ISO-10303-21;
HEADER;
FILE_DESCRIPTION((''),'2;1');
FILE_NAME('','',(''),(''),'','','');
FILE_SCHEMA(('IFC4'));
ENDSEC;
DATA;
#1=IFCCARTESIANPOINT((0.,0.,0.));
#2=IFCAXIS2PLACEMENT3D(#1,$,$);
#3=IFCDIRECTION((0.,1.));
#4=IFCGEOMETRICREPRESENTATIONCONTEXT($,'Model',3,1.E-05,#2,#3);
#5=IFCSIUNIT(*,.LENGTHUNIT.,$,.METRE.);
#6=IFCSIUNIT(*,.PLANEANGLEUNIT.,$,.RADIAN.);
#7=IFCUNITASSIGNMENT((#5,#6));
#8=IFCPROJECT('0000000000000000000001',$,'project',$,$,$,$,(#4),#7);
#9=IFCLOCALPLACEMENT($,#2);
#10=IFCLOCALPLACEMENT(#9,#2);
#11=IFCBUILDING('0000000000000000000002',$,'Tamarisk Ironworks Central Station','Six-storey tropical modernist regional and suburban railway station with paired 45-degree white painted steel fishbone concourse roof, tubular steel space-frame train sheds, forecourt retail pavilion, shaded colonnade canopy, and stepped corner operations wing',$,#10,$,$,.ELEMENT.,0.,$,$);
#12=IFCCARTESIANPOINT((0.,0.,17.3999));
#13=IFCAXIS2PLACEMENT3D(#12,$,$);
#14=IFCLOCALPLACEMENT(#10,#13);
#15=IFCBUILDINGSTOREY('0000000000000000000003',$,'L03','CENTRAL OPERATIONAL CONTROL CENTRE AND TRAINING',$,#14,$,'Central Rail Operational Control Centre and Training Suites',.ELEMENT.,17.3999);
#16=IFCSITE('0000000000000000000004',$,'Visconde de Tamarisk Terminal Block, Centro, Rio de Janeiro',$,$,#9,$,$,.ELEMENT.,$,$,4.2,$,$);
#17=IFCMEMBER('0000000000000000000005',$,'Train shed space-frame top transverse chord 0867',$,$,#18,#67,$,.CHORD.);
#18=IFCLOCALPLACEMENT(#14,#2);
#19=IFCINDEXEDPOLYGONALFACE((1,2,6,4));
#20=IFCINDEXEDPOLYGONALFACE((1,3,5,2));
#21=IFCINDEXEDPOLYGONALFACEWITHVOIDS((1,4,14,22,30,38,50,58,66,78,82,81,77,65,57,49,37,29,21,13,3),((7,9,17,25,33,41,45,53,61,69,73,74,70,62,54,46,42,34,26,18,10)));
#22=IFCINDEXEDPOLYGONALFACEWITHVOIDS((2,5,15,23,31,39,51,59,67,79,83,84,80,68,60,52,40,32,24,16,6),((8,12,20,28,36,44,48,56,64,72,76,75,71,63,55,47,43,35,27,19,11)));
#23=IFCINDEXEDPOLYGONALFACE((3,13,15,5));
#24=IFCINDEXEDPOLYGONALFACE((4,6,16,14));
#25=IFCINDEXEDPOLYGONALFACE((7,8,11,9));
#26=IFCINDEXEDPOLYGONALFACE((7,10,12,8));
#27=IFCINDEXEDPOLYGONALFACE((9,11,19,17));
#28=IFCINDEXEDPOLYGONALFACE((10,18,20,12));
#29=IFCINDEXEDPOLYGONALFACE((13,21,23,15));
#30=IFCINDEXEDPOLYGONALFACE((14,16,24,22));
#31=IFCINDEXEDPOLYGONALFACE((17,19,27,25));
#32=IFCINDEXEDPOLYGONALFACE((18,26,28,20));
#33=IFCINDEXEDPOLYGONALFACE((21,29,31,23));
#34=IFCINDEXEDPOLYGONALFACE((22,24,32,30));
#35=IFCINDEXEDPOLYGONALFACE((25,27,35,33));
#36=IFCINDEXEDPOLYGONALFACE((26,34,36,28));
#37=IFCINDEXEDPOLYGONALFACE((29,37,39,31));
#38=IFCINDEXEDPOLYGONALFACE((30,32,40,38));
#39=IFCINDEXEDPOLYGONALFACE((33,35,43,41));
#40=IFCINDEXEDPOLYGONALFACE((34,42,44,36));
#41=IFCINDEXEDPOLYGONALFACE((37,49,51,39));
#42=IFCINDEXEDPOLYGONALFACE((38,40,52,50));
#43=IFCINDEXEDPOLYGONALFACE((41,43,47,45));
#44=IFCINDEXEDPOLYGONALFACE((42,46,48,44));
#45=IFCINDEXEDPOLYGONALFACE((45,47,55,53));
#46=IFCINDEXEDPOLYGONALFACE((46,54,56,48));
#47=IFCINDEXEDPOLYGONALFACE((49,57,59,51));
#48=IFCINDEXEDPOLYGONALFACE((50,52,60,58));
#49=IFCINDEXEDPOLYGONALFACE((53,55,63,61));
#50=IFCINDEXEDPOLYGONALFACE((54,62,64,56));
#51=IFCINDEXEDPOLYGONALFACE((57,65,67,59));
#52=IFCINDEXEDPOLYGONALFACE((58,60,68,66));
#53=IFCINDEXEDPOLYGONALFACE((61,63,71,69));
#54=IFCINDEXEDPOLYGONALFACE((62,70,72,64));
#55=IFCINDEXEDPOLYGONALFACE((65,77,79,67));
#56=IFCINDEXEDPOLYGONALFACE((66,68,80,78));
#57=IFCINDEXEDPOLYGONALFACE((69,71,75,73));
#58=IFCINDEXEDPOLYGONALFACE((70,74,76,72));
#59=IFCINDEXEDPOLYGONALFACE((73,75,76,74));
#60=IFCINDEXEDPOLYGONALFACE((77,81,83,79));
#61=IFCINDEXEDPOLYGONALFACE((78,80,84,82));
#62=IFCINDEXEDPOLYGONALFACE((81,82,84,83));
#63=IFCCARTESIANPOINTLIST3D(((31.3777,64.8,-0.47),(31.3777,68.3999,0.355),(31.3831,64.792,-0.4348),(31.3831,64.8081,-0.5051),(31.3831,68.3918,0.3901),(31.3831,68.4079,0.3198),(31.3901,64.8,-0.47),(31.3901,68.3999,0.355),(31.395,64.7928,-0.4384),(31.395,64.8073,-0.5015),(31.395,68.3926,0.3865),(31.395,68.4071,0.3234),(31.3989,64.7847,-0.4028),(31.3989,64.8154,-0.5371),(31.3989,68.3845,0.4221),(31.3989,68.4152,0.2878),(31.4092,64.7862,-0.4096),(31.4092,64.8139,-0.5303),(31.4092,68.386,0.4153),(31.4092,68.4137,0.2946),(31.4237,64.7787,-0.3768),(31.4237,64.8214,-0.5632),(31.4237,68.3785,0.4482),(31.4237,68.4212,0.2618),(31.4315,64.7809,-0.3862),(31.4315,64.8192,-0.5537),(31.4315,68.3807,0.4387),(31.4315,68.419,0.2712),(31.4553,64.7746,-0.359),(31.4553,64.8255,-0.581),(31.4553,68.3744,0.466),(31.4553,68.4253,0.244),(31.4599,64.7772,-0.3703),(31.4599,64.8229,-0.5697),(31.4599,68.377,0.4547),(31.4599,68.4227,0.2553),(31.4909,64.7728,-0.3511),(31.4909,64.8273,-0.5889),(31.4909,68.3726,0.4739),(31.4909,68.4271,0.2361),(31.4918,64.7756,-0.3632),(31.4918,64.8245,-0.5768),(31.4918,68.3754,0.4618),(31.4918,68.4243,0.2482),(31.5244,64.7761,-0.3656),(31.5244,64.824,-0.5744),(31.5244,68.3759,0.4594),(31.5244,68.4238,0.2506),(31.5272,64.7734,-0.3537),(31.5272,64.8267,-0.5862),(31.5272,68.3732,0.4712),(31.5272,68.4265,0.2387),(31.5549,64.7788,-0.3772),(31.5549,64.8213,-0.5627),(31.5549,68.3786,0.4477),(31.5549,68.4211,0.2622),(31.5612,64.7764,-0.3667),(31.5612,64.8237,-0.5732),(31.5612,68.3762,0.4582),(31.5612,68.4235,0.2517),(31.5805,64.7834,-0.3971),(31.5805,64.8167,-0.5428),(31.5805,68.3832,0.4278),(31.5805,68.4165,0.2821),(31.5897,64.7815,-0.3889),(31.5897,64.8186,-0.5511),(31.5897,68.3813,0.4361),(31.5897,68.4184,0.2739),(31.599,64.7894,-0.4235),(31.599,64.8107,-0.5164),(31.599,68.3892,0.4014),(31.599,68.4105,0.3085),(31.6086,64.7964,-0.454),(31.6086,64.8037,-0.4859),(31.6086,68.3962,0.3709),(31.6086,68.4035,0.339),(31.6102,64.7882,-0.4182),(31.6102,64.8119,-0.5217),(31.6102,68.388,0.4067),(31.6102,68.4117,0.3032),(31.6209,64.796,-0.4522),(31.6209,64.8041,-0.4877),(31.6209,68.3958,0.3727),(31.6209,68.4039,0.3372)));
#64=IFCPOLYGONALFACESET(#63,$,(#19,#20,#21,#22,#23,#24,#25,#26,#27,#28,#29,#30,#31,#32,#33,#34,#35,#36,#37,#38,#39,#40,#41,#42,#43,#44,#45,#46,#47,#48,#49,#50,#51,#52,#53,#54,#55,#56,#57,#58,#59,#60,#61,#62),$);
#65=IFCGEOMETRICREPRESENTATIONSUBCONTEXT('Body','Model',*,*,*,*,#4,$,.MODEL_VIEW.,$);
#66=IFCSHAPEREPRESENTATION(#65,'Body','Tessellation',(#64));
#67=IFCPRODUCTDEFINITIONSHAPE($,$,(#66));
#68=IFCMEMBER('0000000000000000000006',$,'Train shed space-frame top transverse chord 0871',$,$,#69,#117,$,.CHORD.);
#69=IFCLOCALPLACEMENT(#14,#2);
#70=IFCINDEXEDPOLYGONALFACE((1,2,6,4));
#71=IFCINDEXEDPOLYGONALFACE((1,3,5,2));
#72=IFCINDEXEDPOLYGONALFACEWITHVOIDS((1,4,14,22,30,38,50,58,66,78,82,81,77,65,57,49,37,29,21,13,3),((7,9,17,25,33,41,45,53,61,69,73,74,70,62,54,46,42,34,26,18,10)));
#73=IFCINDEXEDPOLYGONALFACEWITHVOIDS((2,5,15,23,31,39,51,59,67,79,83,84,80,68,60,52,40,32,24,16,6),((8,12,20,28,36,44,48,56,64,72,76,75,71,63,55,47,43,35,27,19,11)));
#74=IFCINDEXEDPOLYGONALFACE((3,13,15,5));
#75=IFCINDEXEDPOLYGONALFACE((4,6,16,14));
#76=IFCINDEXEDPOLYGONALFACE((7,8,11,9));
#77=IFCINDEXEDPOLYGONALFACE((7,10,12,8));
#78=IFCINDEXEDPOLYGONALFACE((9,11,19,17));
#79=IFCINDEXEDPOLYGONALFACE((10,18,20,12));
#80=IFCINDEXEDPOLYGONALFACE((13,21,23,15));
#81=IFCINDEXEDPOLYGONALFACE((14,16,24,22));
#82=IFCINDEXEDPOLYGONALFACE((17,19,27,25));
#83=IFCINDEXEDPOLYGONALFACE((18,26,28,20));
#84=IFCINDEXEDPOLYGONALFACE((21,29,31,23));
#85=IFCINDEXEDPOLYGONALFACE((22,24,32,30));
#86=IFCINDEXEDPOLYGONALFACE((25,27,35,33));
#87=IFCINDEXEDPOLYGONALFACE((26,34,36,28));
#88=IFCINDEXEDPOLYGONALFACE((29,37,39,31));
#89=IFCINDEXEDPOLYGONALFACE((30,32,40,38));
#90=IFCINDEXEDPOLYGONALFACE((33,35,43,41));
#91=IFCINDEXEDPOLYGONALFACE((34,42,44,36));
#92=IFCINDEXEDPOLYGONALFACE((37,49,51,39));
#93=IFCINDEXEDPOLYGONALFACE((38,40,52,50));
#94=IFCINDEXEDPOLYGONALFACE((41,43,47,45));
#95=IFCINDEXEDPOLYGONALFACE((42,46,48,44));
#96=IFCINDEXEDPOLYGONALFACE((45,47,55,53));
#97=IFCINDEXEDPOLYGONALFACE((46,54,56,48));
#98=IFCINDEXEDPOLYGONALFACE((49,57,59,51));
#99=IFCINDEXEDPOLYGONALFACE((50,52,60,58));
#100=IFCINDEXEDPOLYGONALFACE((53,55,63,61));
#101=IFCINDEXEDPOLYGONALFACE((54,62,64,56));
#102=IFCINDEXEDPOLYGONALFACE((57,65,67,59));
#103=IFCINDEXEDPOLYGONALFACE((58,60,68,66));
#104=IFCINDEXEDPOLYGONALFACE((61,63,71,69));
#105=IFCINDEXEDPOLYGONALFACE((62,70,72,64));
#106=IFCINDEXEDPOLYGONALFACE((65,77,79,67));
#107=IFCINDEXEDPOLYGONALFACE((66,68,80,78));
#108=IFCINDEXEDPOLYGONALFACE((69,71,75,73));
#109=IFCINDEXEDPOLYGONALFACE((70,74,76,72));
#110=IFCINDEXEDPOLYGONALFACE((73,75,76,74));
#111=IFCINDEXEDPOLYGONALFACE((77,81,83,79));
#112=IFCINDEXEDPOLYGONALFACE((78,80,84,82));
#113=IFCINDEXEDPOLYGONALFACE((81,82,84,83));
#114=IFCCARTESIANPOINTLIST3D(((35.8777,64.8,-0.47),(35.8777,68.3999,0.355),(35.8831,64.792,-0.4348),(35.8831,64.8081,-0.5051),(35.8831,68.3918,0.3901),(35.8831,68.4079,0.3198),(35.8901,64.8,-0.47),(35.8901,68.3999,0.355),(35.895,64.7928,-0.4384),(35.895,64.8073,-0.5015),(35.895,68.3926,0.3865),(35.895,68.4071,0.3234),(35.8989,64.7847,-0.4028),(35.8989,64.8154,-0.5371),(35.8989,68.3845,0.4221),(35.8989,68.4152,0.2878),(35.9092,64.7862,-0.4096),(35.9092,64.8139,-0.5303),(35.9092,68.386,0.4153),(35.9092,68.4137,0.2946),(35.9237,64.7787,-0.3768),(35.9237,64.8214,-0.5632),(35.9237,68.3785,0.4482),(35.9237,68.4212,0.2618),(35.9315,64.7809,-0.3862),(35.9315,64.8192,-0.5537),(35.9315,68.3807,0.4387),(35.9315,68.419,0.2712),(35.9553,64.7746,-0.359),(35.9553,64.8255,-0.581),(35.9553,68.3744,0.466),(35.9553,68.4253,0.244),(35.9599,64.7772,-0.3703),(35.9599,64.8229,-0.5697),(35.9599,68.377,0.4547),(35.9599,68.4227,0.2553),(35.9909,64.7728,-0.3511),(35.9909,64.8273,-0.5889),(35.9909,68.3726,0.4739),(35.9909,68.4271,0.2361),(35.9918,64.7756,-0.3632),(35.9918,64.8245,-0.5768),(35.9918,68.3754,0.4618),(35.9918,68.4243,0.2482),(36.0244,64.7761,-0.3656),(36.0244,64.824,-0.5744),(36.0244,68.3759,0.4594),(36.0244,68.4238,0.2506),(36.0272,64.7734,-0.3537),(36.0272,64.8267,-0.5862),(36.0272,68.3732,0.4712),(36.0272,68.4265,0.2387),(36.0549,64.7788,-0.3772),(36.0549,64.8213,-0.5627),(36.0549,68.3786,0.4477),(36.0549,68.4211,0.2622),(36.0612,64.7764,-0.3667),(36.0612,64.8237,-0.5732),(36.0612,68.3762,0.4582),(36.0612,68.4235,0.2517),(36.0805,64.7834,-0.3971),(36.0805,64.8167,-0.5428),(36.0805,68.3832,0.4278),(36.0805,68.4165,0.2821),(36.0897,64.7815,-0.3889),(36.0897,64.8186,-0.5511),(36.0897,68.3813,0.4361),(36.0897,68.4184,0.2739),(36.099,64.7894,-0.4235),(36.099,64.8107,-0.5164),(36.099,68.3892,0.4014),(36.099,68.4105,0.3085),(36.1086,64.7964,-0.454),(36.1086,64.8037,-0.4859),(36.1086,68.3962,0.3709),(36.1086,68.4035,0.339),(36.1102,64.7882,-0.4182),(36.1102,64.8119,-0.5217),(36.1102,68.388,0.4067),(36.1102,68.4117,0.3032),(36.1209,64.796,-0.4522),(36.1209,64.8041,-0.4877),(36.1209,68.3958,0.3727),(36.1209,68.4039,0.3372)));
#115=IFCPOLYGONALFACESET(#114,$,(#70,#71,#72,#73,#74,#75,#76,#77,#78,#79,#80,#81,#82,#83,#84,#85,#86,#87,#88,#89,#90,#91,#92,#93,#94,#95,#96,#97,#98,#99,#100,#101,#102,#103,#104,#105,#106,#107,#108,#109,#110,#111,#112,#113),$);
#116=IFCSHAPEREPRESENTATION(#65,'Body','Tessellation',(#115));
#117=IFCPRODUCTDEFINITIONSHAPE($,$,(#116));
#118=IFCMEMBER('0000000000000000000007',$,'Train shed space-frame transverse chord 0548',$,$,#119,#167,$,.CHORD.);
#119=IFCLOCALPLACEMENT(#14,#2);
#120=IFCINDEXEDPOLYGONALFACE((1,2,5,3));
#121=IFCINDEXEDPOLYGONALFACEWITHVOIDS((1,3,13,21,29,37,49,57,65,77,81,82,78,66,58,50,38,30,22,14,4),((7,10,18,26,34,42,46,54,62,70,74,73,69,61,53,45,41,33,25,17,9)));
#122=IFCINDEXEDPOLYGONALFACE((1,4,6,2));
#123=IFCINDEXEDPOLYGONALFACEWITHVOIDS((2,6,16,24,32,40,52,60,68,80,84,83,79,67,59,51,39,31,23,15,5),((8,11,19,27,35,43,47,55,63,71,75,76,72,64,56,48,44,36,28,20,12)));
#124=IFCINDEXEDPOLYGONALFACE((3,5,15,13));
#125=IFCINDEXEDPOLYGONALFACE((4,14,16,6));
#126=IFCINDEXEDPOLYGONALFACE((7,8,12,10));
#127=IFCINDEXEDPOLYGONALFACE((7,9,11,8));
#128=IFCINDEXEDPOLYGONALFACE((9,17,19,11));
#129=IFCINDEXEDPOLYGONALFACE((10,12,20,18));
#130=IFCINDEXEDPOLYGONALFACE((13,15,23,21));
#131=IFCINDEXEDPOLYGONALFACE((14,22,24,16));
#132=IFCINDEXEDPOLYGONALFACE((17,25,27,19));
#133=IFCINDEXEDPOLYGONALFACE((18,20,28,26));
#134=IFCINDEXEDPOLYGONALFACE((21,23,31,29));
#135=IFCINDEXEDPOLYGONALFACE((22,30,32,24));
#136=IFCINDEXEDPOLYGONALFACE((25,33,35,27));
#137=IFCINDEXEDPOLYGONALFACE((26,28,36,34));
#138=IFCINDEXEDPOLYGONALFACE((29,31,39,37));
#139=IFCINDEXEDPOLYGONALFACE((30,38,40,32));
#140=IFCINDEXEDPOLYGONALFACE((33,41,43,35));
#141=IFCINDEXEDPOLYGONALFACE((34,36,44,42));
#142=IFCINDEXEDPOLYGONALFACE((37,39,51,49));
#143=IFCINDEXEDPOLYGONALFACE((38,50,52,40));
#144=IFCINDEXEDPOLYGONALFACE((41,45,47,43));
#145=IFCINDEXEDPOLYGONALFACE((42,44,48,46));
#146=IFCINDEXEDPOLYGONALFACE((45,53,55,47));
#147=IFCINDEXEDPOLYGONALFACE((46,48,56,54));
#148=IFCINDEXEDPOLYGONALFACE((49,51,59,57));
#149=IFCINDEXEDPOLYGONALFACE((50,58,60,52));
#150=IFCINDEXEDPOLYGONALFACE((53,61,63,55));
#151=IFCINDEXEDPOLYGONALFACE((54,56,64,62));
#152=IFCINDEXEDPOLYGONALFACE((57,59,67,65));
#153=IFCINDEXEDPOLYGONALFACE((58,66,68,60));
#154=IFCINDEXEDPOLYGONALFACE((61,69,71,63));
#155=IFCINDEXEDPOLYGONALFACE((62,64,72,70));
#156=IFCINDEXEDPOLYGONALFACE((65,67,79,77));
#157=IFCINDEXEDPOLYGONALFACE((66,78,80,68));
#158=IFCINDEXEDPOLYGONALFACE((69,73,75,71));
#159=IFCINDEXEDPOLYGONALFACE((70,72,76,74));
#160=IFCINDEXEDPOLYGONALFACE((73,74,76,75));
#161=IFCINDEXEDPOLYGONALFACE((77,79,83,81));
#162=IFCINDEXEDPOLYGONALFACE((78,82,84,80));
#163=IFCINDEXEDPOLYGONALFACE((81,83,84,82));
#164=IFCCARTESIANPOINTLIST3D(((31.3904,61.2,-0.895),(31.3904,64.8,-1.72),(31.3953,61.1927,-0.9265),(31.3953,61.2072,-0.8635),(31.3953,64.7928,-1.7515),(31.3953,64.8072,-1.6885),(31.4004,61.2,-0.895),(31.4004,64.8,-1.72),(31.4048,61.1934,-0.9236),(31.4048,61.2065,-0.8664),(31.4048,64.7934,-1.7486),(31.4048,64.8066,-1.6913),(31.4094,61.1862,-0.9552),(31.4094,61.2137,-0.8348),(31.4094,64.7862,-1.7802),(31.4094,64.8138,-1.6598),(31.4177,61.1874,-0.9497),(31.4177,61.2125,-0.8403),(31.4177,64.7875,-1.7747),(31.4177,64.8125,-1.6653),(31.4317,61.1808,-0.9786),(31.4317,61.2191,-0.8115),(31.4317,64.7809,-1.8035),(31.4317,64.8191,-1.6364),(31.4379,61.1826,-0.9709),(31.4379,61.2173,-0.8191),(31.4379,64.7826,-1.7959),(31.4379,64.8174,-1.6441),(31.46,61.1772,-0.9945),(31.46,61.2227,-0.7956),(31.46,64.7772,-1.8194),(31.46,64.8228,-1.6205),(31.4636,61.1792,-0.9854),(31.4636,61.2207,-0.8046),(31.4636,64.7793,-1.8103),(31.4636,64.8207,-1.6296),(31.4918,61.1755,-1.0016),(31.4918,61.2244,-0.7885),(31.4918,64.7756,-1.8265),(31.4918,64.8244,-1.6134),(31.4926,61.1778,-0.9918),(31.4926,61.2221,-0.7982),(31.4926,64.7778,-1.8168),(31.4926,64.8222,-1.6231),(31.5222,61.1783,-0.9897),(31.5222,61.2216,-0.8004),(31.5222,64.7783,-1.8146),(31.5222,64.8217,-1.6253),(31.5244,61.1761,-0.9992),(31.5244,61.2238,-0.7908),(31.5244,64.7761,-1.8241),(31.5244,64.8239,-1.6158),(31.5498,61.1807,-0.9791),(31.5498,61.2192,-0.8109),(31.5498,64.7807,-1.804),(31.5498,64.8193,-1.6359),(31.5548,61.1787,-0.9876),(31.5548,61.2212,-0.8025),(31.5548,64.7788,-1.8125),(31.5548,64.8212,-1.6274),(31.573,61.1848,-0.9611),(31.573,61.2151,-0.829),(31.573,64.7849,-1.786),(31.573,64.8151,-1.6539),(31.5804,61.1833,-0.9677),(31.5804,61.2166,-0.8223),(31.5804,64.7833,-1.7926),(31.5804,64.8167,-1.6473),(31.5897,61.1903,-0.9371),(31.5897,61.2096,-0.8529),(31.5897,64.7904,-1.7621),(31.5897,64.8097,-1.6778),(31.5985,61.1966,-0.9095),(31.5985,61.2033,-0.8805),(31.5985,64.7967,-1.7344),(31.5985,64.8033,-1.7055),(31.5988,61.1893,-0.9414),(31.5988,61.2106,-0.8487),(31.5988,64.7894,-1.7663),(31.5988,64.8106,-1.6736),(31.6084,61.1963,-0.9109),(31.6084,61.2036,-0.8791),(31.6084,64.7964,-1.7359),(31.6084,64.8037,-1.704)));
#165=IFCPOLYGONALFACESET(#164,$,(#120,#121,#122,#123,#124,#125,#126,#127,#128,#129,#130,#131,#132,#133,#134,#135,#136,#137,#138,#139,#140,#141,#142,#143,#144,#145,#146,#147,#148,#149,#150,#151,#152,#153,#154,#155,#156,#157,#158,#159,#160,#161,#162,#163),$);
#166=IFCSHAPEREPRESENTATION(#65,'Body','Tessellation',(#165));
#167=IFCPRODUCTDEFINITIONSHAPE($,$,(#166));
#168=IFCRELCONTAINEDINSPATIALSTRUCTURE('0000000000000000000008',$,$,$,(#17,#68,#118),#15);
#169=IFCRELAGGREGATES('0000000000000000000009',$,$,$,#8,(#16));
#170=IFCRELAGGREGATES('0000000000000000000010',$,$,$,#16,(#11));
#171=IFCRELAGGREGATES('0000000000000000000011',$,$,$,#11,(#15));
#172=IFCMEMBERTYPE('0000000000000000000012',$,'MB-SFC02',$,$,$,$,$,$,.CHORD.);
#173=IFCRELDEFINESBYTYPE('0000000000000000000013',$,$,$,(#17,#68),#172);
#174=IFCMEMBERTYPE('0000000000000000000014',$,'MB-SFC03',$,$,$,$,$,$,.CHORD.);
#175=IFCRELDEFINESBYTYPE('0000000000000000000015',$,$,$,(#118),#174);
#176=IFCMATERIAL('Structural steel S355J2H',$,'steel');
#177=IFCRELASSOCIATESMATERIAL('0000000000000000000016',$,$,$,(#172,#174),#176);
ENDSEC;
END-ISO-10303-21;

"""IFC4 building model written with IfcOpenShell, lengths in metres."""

from ifc_helpers import new_model, si_unit, direction, frame, origin, origin_2d, place, context, subcontext, project, spatial, hollow_circle, extrude, material, material_profile, profile_set, type_object, element, save


model = new_model("IFC4")

# Units and contexts
model_context = context("Model", 3, precision=1e-05, world=origin(), true_north=direction((0.0, 1.0)))
body_context = subcontext(model_context, "Body", "Model", "MODEL_VIEW")
ifc_project = project(units=[si_unit("LENGTHUNIT", "METRE"), si_unit("PLANEANGLEUNIT", "RADIAN")], contexts=[model_context])

# Site, building, storey
site_placement = place(None, origin())
site = spatial("IfcSite", under=ifc_project, at=site_placement, Name="Visconde de Tamarisk Terminal Block, Centro, Rio de Janeiro", CompositionType="ELEMENT", RefElevation=4.2)
building_placement = place(site_placement, origin())
building = spatial("IfcBuilding", under=site, at=building_placement, Name="Tamarisk Ironworks Central Station", Description="Six-storey tropical modernist regional and suburban railway station with paired 45-degree white painted steel fishbone concourse roof, tubular steel space-frame train sheds, forecourt retail pavilion, shaded colonnade canopy, and stepped corner operations wing", CompositionType="ELEMENT", ElevationOfRefHeight=0.0)
storey_placement = place(building_placement, frame((0.0, 0.0, 17.3999)))
storey = spatial("IfcBuildingStorey", under=building, at=storey_placement, Name="L03", Description="CENTRAL OPERATIONAL CONTROL CENTRE AND TRAINING", LongName="Central Rail Operational Control Centre and Training Suites", CompositionType="ELEMENT", Elevation=17.3999)

# Members
ifc_material_1 = material(Name="Structural steel S355J2H", Category="steel")
ifc_material_profile_1 = material_profile(ifc_material_1, hollow_circle(Radius=0.1223, WallThickness=0.0125, at=origin_2d()), Name="CHS 244.5x12.5")
ifc_profile_set_1 = profile_set([ifc_material_profile_1], Name="Structural steel S355J2H")
member_type_1 = type_object("IfcMemberType", Name="MB-SFC02", PredefinedType="CHORD", material=ifc_profile_set_1)
for number, where, z_axis, x_axis, name in (
    (1, (31.5, 64.8, -0.47), (0.0, 0.974733, 0.223372), (-1.0, 0.0, 0.0), "Train shed space-frame top transverse chord 0867"),
    (2, (36.0, 64.8, -0.47), (0.0, 0.974733, 0.223372), (-1.0, 0.0, 0.0), "Train shed space-frame top transverse chord 0871"),
):
    element("IfcMember", number, at=place(storey_placement, frame(where, z_axis=z_axis, x_axis=x_axis)), inside=storey, type_object=member_type_1, Name=name, PredefinedType="CHORD", context=body_context, shape_type="SweptSolid", body=[
        extrude(hollow_circle(Radius=0.1223, WallThickness=0.0125, at=origin_2d()), origin(), (0.0, 0.0, 1.0), 3.6931),
    ])
ifc_material_profile_2 = material_profile(ifc_material_1, hollow_circle(Radius=0.1096, WallThickness=0.01, at=origin_2d()), Name="CHS 219.1x10")
ifc_profile_set_2 = profile_set([ifc_material_profile_2], Name="Structural steel S355J2H")
member_type_2 = type_object("IfcMemberType", Name="MB-SFC03", PredefinedType="CHORD", material=ifc_profile_set_2)
for number, where, z_axis, x_axis, name in (
    (3, (31.5, 61.2, -0.895), (0.0, 0.974737, -0.223358), (-1.0, 0.0, 0.0), "Train shed space-frame transverse chord 0548"),
):
    element("IfcMember", number, at=place(storey_placement, frame(where, z_axis=z_axis, x_axis=x_axis)), inside=storey, type_object=member_type_2, Name=name, PredefinedType="CHORD", context=body_context, shape_type="SweptSolid", body=[
        extrude(hollow_circle(Radius=0.1096, WallThickness=0.01, at=origin_2d()), origin(), (0.0, 0.0, 1.0), 3.6934),
    ])

save(model, "model.ifc")
